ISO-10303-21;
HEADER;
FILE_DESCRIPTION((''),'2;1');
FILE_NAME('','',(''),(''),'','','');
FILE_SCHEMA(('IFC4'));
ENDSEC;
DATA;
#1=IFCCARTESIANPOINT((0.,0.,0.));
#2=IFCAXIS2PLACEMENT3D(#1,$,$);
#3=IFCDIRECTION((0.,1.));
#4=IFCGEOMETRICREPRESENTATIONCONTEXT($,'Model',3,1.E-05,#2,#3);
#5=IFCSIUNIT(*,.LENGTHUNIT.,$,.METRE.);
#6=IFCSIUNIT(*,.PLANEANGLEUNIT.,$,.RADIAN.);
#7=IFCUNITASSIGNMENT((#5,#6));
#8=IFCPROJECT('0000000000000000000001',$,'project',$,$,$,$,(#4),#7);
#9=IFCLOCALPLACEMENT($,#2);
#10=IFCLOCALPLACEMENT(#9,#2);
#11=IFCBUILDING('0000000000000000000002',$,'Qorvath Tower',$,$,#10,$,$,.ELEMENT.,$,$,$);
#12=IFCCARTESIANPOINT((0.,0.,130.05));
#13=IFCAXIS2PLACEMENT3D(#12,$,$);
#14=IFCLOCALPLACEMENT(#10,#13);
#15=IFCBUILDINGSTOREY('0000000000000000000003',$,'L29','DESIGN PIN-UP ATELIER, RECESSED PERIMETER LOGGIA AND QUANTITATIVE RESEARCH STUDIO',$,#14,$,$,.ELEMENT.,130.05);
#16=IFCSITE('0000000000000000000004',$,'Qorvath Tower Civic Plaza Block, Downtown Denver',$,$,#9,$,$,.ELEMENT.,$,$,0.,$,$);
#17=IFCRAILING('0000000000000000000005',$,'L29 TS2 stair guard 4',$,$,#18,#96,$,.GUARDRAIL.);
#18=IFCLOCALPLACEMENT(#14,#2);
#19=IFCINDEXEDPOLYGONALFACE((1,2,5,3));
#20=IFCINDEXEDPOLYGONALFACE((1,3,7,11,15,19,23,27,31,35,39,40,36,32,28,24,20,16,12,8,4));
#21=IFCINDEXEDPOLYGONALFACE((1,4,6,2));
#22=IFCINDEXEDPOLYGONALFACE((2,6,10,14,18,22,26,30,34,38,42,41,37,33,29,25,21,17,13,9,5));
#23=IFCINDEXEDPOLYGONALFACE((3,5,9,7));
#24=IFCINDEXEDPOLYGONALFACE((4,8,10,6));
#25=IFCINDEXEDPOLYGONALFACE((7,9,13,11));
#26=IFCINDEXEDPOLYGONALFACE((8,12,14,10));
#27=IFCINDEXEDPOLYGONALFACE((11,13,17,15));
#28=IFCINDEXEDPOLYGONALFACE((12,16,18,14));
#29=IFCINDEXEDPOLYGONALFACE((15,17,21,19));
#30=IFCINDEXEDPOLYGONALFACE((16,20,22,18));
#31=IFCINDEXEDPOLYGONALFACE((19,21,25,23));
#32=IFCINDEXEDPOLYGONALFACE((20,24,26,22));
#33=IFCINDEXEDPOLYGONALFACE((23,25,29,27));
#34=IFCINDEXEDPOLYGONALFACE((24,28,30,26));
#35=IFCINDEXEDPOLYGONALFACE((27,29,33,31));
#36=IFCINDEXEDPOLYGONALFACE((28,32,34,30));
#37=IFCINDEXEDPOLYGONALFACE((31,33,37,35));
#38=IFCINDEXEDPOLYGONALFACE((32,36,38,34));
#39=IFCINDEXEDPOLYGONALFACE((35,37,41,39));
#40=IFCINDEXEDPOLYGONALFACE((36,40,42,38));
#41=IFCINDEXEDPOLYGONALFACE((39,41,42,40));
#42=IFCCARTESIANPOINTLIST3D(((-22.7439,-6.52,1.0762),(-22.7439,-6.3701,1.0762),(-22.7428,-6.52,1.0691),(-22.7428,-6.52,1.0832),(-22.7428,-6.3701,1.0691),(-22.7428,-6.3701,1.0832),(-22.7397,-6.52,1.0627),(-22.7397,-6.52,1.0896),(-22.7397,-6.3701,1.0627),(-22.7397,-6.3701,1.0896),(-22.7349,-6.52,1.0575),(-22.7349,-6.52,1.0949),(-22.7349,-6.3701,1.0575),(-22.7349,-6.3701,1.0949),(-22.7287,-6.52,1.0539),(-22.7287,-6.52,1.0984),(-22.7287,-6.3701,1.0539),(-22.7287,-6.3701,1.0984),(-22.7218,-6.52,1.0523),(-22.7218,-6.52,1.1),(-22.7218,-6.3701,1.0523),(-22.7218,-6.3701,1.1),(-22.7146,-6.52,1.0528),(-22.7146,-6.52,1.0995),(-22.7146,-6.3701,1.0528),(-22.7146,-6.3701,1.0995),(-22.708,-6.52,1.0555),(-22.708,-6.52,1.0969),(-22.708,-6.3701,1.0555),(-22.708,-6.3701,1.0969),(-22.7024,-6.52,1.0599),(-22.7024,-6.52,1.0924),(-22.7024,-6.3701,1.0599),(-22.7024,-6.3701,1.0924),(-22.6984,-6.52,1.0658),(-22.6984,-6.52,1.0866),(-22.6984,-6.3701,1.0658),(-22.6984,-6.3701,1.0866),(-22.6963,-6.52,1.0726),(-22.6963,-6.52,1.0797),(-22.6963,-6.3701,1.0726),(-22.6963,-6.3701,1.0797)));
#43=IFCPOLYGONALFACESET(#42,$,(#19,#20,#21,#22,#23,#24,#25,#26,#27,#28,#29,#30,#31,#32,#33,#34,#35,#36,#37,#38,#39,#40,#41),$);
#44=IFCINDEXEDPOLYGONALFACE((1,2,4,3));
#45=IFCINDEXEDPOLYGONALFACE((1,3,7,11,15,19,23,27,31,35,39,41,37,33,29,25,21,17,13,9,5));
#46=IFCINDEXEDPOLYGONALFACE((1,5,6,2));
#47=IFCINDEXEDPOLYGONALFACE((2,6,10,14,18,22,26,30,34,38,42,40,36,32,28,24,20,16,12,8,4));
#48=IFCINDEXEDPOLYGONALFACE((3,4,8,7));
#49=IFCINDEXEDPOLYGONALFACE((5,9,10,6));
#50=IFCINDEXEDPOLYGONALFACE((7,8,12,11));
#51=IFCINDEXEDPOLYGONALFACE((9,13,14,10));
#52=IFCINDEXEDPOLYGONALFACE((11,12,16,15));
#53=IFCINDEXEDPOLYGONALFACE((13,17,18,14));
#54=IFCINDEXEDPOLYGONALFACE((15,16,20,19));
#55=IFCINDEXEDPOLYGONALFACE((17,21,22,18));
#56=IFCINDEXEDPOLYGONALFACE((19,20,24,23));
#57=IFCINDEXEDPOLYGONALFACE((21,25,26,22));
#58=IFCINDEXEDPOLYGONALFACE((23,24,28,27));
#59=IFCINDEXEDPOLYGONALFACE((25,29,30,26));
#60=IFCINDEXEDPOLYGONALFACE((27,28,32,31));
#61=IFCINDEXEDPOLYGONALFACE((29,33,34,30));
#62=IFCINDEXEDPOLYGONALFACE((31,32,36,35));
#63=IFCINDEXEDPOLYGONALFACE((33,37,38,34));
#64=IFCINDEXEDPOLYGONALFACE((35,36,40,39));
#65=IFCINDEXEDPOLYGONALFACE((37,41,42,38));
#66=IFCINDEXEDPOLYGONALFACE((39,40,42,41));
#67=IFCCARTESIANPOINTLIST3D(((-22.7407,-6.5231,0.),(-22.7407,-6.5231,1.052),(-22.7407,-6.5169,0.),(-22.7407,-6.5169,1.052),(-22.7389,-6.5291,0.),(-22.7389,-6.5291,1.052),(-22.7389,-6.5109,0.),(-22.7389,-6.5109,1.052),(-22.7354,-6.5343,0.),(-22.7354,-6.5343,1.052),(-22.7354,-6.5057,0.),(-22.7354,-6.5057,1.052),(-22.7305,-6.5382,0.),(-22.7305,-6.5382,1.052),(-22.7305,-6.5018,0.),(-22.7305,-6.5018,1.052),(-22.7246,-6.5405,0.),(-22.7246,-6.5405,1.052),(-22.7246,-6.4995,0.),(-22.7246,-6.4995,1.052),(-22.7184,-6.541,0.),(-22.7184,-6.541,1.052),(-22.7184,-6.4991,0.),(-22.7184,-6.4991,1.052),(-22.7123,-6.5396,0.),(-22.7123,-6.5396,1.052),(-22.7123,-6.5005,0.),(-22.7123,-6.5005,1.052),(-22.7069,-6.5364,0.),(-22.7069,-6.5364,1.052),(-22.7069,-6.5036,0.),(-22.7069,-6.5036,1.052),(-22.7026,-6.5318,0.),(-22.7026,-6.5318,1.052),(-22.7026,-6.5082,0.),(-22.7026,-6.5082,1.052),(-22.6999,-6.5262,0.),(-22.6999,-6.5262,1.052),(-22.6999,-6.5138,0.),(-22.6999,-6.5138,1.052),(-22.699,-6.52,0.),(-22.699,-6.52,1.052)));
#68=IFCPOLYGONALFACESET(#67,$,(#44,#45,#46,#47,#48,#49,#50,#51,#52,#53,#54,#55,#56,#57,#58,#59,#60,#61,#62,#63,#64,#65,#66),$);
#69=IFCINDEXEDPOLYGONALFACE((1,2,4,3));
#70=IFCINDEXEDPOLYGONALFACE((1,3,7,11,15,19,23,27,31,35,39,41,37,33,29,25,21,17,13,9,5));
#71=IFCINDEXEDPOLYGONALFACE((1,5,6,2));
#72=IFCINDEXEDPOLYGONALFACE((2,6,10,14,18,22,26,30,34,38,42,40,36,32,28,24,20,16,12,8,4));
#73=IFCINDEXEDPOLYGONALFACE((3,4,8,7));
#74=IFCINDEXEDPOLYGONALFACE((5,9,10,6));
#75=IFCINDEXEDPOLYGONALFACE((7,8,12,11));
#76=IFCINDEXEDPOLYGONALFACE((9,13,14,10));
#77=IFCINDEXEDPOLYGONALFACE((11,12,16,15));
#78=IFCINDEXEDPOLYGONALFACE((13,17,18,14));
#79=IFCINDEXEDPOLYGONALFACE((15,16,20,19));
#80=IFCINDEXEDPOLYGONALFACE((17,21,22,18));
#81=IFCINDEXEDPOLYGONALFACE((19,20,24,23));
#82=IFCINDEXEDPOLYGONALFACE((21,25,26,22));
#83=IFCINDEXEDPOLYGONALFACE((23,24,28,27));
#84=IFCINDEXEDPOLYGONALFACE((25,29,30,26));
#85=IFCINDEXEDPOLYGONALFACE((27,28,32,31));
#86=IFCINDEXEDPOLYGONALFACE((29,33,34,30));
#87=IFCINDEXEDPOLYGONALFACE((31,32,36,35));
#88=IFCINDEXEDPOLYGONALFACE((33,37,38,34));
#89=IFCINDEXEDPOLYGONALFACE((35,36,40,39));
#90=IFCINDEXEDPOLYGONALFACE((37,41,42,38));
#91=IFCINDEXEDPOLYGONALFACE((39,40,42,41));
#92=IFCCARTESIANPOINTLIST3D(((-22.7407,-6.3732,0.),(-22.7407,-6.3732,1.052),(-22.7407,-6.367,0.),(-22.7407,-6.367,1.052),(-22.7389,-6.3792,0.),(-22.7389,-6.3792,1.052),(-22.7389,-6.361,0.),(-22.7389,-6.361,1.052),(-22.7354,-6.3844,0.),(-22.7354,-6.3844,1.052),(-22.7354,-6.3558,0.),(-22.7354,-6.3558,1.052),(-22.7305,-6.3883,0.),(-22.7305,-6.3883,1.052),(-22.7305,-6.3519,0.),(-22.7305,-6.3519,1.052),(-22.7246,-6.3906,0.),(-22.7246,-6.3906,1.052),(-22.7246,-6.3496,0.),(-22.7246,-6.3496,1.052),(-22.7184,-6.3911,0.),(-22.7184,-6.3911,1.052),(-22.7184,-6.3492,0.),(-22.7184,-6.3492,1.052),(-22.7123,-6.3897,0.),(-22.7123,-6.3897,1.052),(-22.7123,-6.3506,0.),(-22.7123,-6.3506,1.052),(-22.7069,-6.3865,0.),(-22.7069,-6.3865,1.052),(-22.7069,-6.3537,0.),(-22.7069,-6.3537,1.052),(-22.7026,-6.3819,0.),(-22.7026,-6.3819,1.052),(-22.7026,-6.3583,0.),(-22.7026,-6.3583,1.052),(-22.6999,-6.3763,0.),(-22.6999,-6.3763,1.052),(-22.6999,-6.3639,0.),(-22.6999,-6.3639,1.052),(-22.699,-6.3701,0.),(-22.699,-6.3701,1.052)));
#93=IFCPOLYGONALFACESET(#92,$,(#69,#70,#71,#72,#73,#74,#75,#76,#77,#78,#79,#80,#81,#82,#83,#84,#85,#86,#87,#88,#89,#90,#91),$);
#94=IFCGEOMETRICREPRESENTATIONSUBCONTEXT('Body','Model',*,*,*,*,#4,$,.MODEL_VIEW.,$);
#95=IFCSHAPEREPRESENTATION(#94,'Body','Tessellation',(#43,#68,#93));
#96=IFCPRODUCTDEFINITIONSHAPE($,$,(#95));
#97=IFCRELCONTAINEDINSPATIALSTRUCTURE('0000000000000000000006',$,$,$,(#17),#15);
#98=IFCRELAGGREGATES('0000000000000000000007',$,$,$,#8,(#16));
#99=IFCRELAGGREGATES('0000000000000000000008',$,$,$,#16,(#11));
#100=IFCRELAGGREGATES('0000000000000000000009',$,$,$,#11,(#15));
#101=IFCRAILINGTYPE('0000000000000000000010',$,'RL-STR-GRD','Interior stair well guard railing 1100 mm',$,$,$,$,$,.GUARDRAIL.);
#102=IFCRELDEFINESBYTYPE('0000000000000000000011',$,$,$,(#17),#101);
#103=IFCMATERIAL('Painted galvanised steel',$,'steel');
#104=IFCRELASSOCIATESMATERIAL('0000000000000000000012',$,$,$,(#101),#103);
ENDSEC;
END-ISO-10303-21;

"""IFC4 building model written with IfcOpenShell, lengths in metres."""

from ifc_helpers import new_model, si_unit, direction, frame, origin, origin_2d, place, context, subcontext, project, spatial, circle, extrude, material, type_object, element, save


model = new_model("IFC4")

# Units and contexts
model_context = context("Model", 3, precision=1e-05, world=origin(), true_north=direction((0.0, 1.0)))
body_context = subcontext(model_context, "Body", "Model", "MODEL_VIEW")
ifc_project = project(units=[si_unit("LENGTHUNIT", "METRE"), si_unit("PLANEANGLEUNIT", "RADIAN")], contexts=[model_context])

# Site, building, storey
site_placement = place(None, origin())
site = spatial("IfcSite", under=ifc_project, at=site_placement, Name="Qorvath Tower Civic Plaza Block, Downtown Denver", CompositionType="ELEMENT", RefElevation=0.0)
building_placement = place(site_placement, origin())
building = spatial("IfcBuilding", under=site, at=building_placement, Name="Qorvath Tower", CompositionType="ELEMENT")
storey_placement = place(building_placement, frame((0.0, 0.0, 130.05)))
storey = spatial("IfcBuildingStorey", under=building, at=storey_placement, Name="L29", Description="DESIGN PIN-UP ATELIER, RECESSED PERIMETER LOGGIA AND QUANTITATIVE RESEARCH STUDIO", CompositionType="ELEMENT", Elevation=130.05)

# Railing
ifc_material_1 = material(Name="Painted galvanised steel", Category="steel")
railing_type_1 = type_object("IfcRailingType", Name="RL-STR-GRD", Description="Interior stair well guard railing 1100 mm", PredefinedType="GUARDRAIL", material=ifc_material_1)
railing_1_placement = place(storey_placement, frame((-22.72, -6.52, 0.0)))
element("IfcRailing", 1, at=railing_1_placement, inside=storey, type_object=railing_type_1, Name="L29 TS2 stair guard 4", PredefinedType="GUARDRAIL", context=body_context, shape_type="SweptSolid", body=[
    extrude(circle(Radius=0.0239, at=origin_2d()), frame((0.0, 0.0, 1.0762), z_axis=(0.0, 1.0, 0.0), x_axis=(-1.0, 0.0, 0.0)), (0.0, 0.0, 1.0), 0.1499),
    extrude(circle(Radius=0.021, at=origin_2d()), origin(), (0.0, 0.0, 1.0), 1.052),
    extrude(circle(Radius=0.021, at=origin_2d()), frame((0.0, 0.1499, 0.0)), (0.0, 0.0, 1.0), 1.052),
])

save(model, "model.ifc")
